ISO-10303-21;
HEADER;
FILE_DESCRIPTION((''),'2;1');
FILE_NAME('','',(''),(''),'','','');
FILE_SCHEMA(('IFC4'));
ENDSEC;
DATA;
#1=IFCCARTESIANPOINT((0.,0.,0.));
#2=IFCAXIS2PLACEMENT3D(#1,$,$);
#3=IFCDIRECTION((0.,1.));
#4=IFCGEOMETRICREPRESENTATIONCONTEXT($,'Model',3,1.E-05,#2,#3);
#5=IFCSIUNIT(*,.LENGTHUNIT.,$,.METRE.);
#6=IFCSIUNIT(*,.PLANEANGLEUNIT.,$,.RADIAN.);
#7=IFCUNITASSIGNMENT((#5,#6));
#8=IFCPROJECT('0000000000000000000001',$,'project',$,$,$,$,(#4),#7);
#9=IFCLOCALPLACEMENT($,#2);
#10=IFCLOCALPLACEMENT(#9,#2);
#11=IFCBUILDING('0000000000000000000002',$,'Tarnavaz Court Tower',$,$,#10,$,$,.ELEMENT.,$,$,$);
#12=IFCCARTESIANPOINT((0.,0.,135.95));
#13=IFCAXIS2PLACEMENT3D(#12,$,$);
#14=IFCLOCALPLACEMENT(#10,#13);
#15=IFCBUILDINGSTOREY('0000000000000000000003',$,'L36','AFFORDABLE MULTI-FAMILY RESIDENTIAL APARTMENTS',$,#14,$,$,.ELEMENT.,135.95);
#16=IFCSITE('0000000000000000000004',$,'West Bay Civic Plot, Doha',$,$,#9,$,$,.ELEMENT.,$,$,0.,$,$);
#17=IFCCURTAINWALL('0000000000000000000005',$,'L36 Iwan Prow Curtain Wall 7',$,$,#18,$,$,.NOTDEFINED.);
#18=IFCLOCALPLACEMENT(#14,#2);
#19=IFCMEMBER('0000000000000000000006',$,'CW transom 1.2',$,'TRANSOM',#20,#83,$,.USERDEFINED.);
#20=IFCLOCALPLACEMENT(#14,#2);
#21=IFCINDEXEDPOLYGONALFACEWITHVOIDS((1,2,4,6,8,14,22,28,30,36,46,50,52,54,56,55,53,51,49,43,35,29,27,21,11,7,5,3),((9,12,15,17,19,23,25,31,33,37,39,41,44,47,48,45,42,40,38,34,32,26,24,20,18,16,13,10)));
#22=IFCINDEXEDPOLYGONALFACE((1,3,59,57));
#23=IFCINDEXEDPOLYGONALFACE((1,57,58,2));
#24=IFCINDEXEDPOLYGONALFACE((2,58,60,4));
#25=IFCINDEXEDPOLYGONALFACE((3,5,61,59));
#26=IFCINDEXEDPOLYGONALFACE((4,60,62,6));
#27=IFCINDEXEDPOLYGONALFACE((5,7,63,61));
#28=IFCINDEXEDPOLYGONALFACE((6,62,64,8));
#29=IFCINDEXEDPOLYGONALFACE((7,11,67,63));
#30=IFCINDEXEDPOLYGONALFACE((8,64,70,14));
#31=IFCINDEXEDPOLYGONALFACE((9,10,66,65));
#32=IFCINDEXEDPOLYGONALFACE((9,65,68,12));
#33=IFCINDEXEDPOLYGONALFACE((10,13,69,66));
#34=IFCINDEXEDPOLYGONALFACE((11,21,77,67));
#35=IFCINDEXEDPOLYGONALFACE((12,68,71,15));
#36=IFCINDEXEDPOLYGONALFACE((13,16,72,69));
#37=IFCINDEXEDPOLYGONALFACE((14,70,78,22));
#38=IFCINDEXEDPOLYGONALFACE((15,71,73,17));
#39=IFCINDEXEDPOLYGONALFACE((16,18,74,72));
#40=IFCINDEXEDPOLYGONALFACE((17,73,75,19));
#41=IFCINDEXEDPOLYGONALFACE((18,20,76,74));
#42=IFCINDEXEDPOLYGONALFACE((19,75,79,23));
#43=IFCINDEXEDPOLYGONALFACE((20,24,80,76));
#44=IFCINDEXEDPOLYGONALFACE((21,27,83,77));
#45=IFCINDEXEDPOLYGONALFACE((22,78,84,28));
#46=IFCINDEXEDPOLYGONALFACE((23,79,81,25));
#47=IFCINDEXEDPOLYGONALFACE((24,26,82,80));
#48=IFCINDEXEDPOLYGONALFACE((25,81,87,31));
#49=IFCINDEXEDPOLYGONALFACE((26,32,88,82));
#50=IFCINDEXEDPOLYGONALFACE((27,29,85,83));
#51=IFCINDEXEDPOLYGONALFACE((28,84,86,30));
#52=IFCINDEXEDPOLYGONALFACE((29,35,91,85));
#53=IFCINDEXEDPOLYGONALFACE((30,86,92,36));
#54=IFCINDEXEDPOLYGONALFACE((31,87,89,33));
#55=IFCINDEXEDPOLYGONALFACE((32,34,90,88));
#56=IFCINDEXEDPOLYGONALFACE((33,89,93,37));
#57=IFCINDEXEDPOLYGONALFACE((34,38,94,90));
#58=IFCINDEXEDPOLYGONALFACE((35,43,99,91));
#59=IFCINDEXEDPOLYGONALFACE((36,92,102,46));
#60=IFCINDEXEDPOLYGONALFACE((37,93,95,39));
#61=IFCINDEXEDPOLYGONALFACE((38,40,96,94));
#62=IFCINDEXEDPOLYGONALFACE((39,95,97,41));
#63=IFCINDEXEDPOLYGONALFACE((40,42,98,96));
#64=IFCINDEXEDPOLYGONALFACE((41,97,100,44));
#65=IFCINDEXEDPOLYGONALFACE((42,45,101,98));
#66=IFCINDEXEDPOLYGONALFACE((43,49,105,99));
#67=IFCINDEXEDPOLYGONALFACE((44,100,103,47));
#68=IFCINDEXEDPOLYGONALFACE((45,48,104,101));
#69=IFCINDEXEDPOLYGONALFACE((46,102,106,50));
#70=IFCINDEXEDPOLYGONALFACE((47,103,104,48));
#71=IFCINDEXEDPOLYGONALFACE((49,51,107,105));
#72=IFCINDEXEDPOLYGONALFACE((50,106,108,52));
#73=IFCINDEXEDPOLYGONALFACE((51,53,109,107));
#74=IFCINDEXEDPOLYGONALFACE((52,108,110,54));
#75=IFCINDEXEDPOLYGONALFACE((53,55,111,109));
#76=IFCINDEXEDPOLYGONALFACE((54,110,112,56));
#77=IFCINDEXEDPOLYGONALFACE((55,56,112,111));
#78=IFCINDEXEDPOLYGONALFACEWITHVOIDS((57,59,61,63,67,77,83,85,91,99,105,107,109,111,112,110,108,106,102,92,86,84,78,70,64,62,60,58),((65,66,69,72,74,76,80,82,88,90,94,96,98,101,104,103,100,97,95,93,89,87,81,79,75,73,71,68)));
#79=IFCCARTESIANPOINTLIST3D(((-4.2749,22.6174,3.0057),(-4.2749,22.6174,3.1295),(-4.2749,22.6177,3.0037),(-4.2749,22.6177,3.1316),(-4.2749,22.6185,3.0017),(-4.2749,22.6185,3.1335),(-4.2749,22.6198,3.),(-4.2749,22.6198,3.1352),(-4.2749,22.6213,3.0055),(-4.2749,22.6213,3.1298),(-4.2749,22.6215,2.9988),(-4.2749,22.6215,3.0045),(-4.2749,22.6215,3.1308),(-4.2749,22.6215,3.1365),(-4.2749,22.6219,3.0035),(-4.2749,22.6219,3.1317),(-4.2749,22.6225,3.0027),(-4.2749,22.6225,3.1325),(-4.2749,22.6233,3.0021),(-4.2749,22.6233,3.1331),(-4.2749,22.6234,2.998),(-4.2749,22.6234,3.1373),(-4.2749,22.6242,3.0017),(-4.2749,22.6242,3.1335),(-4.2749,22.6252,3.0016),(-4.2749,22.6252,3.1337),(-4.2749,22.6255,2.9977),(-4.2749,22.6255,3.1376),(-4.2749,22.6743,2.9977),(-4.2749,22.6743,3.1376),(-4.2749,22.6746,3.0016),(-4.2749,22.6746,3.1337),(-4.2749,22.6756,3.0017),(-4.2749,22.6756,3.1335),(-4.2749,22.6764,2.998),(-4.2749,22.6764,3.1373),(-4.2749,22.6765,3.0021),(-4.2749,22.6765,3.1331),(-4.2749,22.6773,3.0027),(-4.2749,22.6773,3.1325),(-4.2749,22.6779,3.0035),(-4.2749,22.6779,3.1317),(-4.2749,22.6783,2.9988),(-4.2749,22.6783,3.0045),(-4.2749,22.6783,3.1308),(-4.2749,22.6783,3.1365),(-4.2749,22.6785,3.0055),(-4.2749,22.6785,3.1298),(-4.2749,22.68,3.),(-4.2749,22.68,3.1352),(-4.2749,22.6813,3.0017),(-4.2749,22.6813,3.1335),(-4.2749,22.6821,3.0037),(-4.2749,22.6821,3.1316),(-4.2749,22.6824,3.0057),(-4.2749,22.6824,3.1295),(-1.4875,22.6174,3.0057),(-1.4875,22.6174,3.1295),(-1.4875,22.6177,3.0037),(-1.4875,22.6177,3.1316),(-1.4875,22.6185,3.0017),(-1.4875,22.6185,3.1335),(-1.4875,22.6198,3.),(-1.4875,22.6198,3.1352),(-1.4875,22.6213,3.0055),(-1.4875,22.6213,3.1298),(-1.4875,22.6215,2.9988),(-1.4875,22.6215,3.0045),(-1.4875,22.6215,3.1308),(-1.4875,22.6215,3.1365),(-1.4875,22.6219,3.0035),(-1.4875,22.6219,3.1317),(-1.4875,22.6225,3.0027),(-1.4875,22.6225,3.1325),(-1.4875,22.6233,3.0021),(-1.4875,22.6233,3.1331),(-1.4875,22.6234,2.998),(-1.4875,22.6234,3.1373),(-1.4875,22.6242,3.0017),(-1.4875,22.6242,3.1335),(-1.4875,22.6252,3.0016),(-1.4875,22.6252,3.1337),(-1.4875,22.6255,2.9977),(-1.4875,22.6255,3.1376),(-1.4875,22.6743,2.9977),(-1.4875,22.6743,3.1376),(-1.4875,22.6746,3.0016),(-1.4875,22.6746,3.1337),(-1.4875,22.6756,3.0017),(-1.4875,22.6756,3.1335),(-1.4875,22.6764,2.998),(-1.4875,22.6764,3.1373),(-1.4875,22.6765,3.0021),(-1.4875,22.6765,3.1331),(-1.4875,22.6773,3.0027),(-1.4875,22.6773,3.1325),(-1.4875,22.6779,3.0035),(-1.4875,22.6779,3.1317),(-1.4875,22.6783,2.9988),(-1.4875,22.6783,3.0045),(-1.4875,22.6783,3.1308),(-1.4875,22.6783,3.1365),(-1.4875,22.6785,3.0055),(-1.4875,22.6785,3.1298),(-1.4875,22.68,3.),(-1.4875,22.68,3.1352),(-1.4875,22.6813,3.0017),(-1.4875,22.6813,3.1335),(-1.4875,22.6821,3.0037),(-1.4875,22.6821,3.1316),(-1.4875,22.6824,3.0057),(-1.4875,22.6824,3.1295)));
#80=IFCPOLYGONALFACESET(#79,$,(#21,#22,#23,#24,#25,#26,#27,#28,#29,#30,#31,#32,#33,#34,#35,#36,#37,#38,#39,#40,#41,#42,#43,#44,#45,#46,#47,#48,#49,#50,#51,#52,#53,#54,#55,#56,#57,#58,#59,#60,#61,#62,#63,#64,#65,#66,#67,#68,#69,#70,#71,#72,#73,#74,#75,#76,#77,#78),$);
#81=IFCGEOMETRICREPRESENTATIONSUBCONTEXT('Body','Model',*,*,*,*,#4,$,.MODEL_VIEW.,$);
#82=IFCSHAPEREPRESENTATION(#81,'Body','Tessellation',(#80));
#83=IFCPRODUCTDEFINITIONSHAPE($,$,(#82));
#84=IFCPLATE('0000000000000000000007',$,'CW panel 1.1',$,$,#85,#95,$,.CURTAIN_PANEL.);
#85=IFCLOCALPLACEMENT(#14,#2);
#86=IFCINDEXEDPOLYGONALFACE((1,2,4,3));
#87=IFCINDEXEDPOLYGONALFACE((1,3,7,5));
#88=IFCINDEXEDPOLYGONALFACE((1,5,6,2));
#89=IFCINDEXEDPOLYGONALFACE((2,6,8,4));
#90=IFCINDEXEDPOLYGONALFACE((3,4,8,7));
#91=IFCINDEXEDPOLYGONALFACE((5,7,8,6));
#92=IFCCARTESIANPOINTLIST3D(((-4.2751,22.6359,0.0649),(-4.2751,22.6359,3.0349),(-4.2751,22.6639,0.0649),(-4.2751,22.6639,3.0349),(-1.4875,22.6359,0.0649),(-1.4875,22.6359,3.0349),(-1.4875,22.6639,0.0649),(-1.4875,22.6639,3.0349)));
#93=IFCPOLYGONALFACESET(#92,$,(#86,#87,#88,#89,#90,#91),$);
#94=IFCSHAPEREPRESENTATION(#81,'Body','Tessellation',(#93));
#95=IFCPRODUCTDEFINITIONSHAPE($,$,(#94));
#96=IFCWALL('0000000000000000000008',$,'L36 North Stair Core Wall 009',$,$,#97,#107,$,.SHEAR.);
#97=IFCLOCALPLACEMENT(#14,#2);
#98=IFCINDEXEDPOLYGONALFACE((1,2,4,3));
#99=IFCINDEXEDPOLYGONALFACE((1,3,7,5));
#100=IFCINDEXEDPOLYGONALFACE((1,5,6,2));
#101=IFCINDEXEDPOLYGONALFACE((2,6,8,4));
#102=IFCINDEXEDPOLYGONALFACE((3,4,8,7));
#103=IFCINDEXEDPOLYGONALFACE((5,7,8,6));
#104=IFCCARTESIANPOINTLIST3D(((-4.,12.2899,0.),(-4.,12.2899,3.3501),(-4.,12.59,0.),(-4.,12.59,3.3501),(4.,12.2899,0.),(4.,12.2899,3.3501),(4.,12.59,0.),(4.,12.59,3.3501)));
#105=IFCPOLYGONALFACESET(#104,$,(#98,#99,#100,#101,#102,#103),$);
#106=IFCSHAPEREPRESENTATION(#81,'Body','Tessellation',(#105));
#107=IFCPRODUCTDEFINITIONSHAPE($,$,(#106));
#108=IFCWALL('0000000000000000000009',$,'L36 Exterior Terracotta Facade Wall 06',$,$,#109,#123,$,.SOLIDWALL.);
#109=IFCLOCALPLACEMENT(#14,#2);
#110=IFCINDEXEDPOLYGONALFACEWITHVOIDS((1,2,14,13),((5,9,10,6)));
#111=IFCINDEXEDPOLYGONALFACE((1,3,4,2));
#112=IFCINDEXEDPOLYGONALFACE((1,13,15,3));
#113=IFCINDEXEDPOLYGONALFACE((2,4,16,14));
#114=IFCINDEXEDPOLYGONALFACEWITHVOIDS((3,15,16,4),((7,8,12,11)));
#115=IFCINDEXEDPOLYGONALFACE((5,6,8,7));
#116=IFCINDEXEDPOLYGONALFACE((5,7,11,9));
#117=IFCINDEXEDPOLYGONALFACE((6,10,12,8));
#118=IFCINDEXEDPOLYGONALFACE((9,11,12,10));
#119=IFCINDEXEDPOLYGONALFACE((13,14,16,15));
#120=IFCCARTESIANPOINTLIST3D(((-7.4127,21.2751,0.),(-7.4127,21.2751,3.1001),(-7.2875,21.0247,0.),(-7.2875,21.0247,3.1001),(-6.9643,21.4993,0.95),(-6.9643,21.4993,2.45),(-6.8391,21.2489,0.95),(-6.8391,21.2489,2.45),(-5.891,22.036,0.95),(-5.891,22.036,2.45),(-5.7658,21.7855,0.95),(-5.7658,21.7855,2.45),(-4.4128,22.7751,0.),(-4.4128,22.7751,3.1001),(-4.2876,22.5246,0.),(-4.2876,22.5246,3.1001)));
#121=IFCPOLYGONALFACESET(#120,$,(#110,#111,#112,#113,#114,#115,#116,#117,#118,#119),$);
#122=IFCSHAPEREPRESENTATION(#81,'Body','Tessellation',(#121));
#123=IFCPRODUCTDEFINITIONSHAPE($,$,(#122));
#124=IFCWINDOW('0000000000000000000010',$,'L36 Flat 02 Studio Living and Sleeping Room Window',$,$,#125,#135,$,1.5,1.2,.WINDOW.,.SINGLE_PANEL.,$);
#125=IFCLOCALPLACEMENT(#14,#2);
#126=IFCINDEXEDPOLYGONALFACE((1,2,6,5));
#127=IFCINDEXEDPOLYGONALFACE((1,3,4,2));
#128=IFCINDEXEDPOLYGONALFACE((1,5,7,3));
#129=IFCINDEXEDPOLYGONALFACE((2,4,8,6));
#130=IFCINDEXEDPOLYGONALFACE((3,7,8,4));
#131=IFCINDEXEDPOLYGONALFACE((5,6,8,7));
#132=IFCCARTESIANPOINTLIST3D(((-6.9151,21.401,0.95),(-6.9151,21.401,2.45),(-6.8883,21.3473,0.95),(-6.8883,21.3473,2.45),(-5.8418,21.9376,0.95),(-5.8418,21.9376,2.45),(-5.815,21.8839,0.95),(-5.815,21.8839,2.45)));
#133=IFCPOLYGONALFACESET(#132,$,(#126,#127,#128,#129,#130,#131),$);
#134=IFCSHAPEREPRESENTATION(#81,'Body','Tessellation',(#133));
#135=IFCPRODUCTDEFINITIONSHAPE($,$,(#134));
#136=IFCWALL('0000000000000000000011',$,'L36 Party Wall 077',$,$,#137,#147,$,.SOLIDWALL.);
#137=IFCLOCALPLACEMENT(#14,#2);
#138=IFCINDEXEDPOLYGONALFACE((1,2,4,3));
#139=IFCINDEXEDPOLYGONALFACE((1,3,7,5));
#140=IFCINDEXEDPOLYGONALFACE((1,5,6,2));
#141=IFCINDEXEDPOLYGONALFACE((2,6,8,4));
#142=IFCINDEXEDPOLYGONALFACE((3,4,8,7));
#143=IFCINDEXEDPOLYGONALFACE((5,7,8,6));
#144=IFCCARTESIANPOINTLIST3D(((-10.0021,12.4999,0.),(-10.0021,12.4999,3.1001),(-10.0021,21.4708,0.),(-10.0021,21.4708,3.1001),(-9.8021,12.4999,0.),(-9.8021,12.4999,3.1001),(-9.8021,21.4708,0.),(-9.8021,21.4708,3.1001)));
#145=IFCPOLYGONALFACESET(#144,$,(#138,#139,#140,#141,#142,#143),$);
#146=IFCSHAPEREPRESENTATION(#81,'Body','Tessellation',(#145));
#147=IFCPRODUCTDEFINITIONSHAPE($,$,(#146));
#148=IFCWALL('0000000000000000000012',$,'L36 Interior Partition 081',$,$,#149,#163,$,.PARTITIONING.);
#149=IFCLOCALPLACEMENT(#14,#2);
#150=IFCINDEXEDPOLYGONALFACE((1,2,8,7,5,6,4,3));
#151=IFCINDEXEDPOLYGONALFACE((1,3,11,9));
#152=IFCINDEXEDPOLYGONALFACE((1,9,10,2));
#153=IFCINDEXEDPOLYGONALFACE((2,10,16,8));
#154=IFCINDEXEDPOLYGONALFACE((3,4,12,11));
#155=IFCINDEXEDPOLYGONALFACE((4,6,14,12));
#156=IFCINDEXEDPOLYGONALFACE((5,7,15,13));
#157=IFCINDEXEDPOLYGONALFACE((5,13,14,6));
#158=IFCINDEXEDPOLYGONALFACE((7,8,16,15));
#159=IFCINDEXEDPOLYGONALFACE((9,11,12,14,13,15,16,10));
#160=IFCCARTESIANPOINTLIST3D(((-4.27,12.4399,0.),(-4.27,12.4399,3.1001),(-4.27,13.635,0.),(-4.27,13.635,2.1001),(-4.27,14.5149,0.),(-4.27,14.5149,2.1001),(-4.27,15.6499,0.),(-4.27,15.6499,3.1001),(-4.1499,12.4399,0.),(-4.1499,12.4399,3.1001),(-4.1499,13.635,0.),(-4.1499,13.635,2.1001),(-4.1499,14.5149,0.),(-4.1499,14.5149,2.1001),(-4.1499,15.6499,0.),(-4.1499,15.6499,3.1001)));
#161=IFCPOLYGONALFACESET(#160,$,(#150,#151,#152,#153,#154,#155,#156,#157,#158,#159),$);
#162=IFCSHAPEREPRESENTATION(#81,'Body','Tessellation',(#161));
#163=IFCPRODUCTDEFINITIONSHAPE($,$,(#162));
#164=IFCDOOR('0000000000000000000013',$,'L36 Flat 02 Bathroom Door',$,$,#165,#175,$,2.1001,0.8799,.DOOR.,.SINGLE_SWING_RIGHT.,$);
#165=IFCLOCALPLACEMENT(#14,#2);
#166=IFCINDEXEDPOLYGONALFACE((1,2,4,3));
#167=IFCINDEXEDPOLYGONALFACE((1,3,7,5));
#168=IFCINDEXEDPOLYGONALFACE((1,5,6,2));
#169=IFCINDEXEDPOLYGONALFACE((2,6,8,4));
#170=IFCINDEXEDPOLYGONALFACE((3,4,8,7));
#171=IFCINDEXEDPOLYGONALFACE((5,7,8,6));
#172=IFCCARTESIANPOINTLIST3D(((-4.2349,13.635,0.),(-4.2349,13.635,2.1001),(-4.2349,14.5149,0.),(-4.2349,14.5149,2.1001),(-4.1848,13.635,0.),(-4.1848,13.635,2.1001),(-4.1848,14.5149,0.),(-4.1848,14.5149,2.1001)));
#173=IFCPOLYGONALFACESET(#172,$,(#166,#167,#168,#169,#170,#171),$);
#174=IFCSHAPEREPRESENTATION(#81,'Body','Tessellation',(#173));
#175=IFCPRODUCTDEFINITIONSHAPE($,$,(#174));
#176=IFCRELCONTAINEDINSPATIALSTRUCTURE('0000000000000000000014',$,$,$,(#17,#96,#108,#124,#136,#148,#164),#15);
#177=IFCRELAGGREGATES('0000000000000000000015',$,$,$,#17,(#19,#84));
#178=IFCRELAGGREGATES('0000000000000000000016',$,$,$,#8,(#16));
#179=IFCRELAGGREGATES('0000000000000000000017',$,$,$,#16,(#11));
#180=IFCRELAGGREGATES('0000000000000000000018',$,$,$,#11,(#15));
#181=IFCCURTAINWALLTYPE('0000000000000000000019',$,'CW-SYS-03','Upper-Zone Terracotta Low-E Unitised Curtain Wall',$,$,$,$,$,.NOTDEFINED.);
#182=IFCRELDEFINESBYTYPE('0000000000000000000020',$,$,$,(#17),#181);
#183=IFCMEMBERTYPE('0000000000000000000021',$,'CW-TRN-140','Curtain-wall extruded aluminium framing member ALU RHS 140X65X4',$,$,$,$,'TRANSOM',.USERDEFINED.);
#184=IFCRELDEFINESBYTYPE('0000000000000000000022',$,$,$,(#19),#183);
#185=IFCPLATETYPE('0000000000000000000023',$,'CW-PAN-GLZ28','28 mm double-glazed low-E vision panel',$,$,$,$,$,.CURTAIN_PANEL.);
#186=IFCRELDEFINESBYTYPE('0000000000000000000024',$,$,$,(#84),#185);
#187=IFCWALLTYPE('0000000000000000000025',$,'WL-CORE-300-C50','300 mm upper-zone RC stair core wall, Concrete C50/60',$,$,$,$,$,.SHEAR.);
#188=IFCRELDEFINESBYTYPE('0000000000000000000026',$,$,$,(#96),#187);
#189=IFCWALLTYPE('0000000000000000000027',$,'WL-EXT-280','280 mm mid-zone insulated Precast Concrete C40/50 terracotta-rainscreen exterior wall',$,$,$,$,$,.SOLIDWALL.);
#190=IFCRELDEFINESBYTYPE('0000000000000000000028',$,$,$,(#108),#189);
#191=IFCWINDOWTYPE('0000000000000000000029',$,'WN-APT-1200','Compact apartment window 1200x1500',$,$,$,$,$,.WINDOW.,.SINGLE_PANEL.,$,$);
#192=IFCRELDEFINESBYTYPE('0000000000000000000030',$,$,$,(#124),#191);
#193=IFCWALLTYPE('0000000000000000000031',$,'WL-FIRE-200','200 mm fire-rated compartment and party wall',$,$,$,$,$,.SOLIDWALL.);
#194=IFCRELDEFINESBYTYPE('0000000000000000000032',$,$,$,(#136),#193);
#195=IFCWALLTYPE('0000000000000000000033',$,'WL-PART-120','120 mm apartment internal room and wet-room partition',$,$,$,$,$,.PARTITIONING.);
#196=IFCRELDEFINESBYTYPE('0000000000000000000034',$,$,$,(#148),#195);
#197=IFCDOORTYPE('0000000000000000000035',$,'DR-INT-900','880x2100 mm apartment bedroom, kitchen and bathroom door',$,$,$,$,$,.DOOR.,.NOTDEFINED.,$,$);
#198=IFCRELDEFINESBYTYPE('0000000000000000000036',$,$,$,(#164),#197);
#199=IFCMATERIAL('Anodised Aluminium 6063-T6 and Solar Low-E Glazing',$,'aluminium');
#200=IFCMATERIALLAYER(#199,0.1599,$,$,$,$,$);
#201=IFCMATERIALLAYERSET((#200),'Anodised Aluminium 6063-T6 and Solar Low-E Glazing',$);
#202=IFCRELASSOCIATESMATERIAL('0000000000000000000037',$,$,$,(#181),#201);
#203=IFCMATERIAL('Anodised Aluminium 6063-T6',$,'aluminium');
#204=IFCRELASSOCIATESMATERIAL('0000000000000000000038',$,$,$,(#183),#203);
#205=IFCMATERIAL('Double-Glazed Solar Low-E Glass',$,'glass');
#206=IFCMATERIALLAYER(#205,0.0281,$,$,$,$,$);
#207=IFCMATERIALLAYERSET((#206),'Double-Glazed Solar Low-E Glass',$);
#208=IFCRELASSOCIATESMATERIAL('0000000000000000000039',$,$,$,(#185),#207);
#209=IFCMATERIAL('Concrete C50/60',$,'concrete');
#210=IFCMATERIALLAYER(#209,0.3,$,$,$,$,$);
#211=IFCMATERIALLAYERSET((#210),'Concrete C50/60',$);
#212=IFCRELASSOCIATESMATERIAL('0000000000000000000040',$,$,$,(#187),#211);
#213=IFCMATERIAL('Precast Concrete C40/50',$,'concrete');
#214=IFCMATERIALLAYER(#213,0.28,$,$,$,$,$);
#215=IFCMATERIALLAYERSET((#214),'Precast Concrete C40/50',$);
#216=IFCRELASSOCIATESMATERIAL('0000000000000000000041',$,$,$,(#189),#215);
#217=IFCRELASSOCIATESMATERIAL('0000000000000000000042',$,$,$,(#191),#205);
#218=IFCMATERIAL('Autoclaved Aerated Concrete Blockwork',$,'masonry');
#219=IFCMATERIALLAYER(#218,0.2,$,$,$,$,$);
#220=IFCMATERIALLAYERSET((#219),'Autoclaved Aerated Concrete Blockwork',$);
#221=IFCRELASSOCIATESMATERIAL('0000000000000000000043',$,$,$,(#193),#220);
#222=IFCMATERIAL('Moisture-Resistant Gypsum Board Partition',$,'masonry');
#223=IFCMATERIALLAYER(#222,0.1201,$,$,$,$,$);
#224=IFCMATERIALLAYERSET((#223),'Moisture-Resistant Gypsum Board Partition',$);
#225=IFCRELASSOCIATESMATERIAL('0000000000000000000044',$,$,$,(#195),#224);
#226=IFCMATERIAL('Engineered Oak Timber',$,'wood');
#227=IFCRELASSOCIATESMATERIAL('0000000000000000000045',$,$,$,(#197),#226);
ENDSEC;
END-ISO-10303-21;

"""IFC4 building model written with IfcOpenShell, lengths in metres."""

from ifc_helpers import new_model, si_unit, direction, frame, frame_2d, origin, origin_2d, place, context, subcontext, project, spatial, rectangle, hollow_rectangle, extrude, material, layer, layer_set, material_profile, profile_set, type_object, element, fill, aggregate, save


model = new_model("IFC4")

# Units and contexts
model_context = context("Model", 3, precision=1e-05, world=origin(), true_north=direction((0.0, 1.0)))
body_context = subcontext(model_context, "Body", "Model", "MODEL_VIEW")
ifc_project = project(units=[si_unit("LENGTHUNIT", "METRE"), si_unit("PLANEANGLEUNIT", "RADIAN")], contexts=[model_context])

# Site, building, storey
site_placement = place(None, origin())
site = spatial("IfcSite", under=ifc_project, at=site_placement, Name="West Bay Civic Plot, Doha", CompositionType="ELEMENT", RefElevation=0.0)
building_placement = place(site_placement, origin())
building = spatial("IfcBuilding", under=site, at=building_placement, Name="Tarnavaz Court Tower", CompositionType="ELEMENT")
storey_placement = place(building_placement, frame((0.0, 0.0, 135.95)))
storey = spatial("IfcBuildingStorey", under=building, at=storey_placement, Name="L36", Description="AFFORDABLE MULTI-FAMILY RESIDENTIAL APARTMENTS", CompositionType="ELEMENT", Elevation=135.95)

# Shared definitions
ifc_material_1 = material(Name="Concrete C50/60", Category="concrete")

# Curtain wall, member, plate
ifc_material_2 = material(Name="Anodised Aluminium 6063-T6 and Solar Low-E Glazing", Category="aluminium")
ifc_layer_1 = layer(ifc_material_2, 0.1599)
ifc_layer_set_1 = layer_set([ifc_layer_1], Name="Anodised Aluminium 6063-T6 and Solar Low-E Glazing")
curtain_wall_type = type_object("IfcCurtainWallType", Name="CW-SYS-03", Description="Upper-Zone Terracotta Low-E Unitised Curtain Wall", PredefinedType="NOTDEFINED", material=ifc_layer_set_1)
curtain_wall_placement = place(storey_placement, origin())
curtain_wall = element("IfcCurtainWall", 1, at=curtain_wall_placement, inside=storey, type_object=curtain_wall_type, Name="L36 Iwan Prow Curtain Wall 7", PredefinedType="NOTDEFINED")
ifc_material_3 = material(Name="Anodised Aluminium 6063-T6", Category="aluminium")
ifc_material_profile_1 = material_profile(ifc_material_3, hollow_rectangle(XDim=0.0649, YDim=0.1399, WallThickness=0.0039, InnerFilletRadius=0.0039, OuterFilletRadius=0.0081, at=origin_2d()), Name="ALU RHS 140X65X4")
ifc_profile_set_1 = profile_set([ifc_material_profile_1], Name="Anodised Aluminium 6063-T6")
member_type_1 = type_object("IfcMemberType", Name="CW-TRN-140", Description="Curtain-wall extruded aluminium framing member ALU RHS 140X65X4", ElementType="TRANSOM", PredefinedType="USERDEFINED", material=ifc_profile_set_1)
member_1_placement = place(storey_placement, frame((-4.2749, 22.6499, 3.0676), z_axis=(1.0, 0.0, 0.0), x_axis=(0.0, 1.0, 0.0)))
member_1 = element("IfcMember", 2, at=member_1_placement, type_object=member_type_1, Name="CW transom 1.2", ObjectType="TRANSOM", PredefinedType="USERDEFINED", context=body_context, shape_type="SweptSolid", body=[
    extrude(hollow_rectangle(XDim=0.0649, YDim=0.1399, WallThickness=0.0039, InnerFilletRadius=0.0039, OuterFilletRadius=0.0081, at=origin_2d()), origin(), (0.0, 0.0, 1.0), 2.7874),
])
ifc_material_4 = material(Name="Double-Glazed Solar Low-E Glass", Category="glass")
ifc_layer_2 = layer(ifc_material_4, 0.0281)
ifc_layer_set_2 = layer_set([ifc_layer_2], Name="Double-Glazed Solar Low-E Glass")
plate_type = type_object("IfcPlateType", Name="CW-PAN-GLZ28", Description="28 mm double-glazed low-E vision panel", PredefinedType="CURTAIN_PANEL", material=ifc_layer_set_2)
plate_placement = place(storey_placement, frame((-2.8813, 22.6499, 0.0649), z_axis=(0.0, 0.0, 1.0), x_axis=(1.0, 0.0, 0.0)))
plate = element("IfcPlate", 3, at=plate_placement, type_object=plate_type, Name="CW panel 1.1", PredefinedType="CURTAIN_PANEL", context=body_context, shape_type="SweptSolid", body=[
    extrude(rectangle(XDim=2.7876, YDim=0.0281, at=origin_2d()), origin(), (0.0, 0.0, 1.0), 2.97),
])
aggregate(curtain_wall, [member_1, plate])

# Wall
ifc_layer_3 = layer(ifc_material_1, 0.3)
ifc_layer_set_3 = layer_set([ifc_layer_3], Name="Concrete C50/60")
wall_type_1 = type_object("IfcWallType", Name="WL-CORE-300-C50", Description="300 mm upper-zone RC stair core wall, Concrete C50/60", PredefinedType="SHEAR", material=ifc_layer_set_3)
wall_1_placement = place(storey_placement, frame((-4.0, 12.4399, 0.0), z_axis=(0.0, 0.0, 1.0), x_axis=(1.0, 0.0, 0.0)))
element("IfcWall", 4, at=wall_1_placement, inside=storey, type_object=wall_type_1, Name="L36 North Stair Core Wall 009", PredefinedType="SHEAR", context=body_context, shape_type="SweptSolid", body=[
    extrude(rectangle(XDim=8.0, YDim=0.3, at=frame_2d((4.0, 0.0))), origin(), (0.0, 0.0, 1.0), 3.3501),
])

# Wall, opening, window
ifc_material_5 = material(Name="Precast Concrete C40/50", Category="concrete")
ifc_layer_4 = layer(ifc_material_5, 0.28)
ifc_layer_set_4 = layer_set([ifc_layer_4], Name="Precast Concrete C40/50")
wall_type_2 = type_object("IfcWallType", Name="WL-EXT-280", Description="280 mm mid-zone insulated Precast Concrete C40/50 terracotta-rainscreen exterior wall", PredefinedType="SOLIDWALL", material=ifc_layer_set_4)
wall_2_placement = place(storey_placement, frame((-7.3501, 21.1499, 0.0), z_axis=(0.0, 0.0, 1.0), x_axis=(0.894427, 0.447214, 0.0)))
wall_2 = element("IfcWall", 5, at=wall_2_placement, inside=storey, type_object=wall_type_2, Name="L36 Exterior Terracotta Facade Wall 06", PredefinedType="SOLIDWALL", context=body_context, shape_type="SweptSolid", body=[
    extrude(rectangle(XDim=3.354, YDim=0.28, at=frame_2d((1.677, 0.0))), origin(), (0.0, 0.0, 1.0), 3.1001),
])
opening_1_placement = place(wall_2_placement, frame((0.5012, 0.0, 0.95)))
opening_1 = element("IfcOpeningElement", 6, at=opening_1_placement, cuts=wall_2, PredefinedType="OPENING", context=body_context, shape_type="SweptSolid", body=[
    extrude(rectangle(XDim=1.2, YDim=1.5, at=frame_2d((0.6001, 0.75))), frame((0.0, 0.1499, 0.0), z_axis=(0.0, -1.0, 0.0), x_axis=(1.0, 0.0, 0.0)), (0.0, 0.0, 1.0), 0.3),
])
window_type = type_object("IfcWindowType", Name="WN-APT-1200", Description="Compact apartment window 1200x1500", PartitioningType="SINGLE_PANEL", PredefinedType="WINDOW", material=ifc_material_4)
window_placement = place(opening_1_placement, origin())
window = element("IfcWindow", 7, at=window_placement, inside=storey, type_object=window_type, Name="L36 Flat 02 Studio Living and Sleeping Room Window", OverallHeight=1.5, OverallWidth=1.2, PartitioningType="SINGLE_PANEL", PredefinedType="WINDOW", context=body_context, shape_type="SweptSolid", body=[
    extrude(rectangle(XDim=1.2, YDim=1.5, at=frame_2d((0.6001, 0.75))), frame((0.0, 0.03, 0.0), z_axis=(0.0, -1.0, 0.0), x_axis=(1.0, 0.0, 0.0)), (0.0, 0.0, 1.0), 0.0601),
])
fill(opening_1, window)

# Wall
ifc_material_6 = material(Name="Autoclaved Aerated Concrete Blockwork", Category="masonry")
ifc_layer_5 = layer(ifc_material_6, 0.2)
ifc_layer_set_5 = layer_set([ifc_layer_5], Name="Autoclaved Aerated Concrete Blockwork")
wall_type_3 = type_object("IfcWallType", Name="WL-FIRE-200", Description="200 mm fire-rated compartment and party wall", PredefinedType="SOLIDWALL", material=ifc_layer_set_5)
wall_3_placement = place(storey_placement, frame((-9.9021, 12.5, 0.0), z_axis=(0.0, 0.0, 1.0), x_axis=(0.0, 1.0, 0.0)))
element("IfcWall", 8, at=wall_3_placement, inside=storey, type_object=wall_type_3, Name="L36 Party Wall 077", PredefinedType="SOLIDWALL", context=body_context, shape_type="SweptSolid", body=[
    extrude(rectangle(XDim=8.9709, YDim=0.2, at=frame_2d((4.4854, 0.0))), origin(), (0.0, 0.0, 1.0), 3.1001),
])

# Wall, opening, door
ifc_material_7 = material(Name="Moisture-Resistant Gypsum Board Partition", Category="masonry")
ifc_layer_6 = layer(ifc_material_7, 0.1201)
ifc_layer_set_6 = layer_set([ifc_layer_6], Name="Moisture-Resistant Gypsum Board Partition")
wall_type_4 = type_object("IfcWallType", Name="WL-PART-120", Description="120 mm apartment internal room and wet-room partition", PredefinedType="PARTITIONING", material=ifc_layer_set_6)
wall_4_placement = place(storey_placement, frame((-4.21, 12.4399, 0.0), z_axis=(0.0, 0.0, 1.0), x_axis=(0.0, 1.0, 0.0)))
wall_4 = element("IfcWall", 9, at=wall_4_placement, inside=storey, type_object=wall_type_4, Name="L36 Interior Partition 081", PredefinedType="PARTITIONING", context=body_context, shape_type="SweptSolid", body=[
    extrude(rectangle(XDim=3.21, YDim=0.1201, at=frame_2d((1.605, 0.0))), origin(), (0.0, 0.0, 1.0), 3.1001),
])
opening_2_placement = place(wall_4_placement, frame((1.1951, 0.0, 0.0)))
opening_2 = element("IfcOpeningElement", 10, at=opening_2_placement, cuts=wall_4, PredefinedType="OPENING", context=body_context, shape_type="SweptSolid", body=[
    extrude(rectangle(XDim=0.8799, YDim=2.1001, at=frame_2d((0.4399, 1.05))), frame((0.0, 0.0701, 0.0), z_axis=(0.0, -1.0, 0.0), x_axis=(1.0, 0.0, 0.0)), (0.0, 0.0, 1.0), 0.1401),
])
ifc_material_8 = material(Name="Engineered Oak Timber", Category="wood")
door_type = type_object("IfcDoorType", Name="DR-INT-900", Description="880x2100 mm apartment bedroom, kitchen and bathroom door", OperationType="NOTDEFINED", PredefinedType="DOOR", material=ifc_material_8)
door_1_placement = place(opening_2_placement, origin())
door_1 = element("IfcDoor", 11, at=door_1_placement, inside=storey, type_object=door_type, Name="L36 Flat 02 Bathroom Door", OperationType="SINGLE_SWING_RIGHT", OverallHeight=2.1001, OverallWidth=0.8799, PredefinedType="DOOR", context=body_context, shape_type="SweptSolid", body=[
    extrude(rectangle(XDim=0.8799, YDim=2.1001, at=frame_2d((0.4399, 1.05))), frame((0.0, 0.0249, 0.0), z_axis=(0.0, -1.0, 0.0), x_axis=(1.0, 0.0, 0.0)), (0.0, 0.0, 1.0), 0.05),
])
fill(opening_2, door_1)

save(model, "model.ifc")
